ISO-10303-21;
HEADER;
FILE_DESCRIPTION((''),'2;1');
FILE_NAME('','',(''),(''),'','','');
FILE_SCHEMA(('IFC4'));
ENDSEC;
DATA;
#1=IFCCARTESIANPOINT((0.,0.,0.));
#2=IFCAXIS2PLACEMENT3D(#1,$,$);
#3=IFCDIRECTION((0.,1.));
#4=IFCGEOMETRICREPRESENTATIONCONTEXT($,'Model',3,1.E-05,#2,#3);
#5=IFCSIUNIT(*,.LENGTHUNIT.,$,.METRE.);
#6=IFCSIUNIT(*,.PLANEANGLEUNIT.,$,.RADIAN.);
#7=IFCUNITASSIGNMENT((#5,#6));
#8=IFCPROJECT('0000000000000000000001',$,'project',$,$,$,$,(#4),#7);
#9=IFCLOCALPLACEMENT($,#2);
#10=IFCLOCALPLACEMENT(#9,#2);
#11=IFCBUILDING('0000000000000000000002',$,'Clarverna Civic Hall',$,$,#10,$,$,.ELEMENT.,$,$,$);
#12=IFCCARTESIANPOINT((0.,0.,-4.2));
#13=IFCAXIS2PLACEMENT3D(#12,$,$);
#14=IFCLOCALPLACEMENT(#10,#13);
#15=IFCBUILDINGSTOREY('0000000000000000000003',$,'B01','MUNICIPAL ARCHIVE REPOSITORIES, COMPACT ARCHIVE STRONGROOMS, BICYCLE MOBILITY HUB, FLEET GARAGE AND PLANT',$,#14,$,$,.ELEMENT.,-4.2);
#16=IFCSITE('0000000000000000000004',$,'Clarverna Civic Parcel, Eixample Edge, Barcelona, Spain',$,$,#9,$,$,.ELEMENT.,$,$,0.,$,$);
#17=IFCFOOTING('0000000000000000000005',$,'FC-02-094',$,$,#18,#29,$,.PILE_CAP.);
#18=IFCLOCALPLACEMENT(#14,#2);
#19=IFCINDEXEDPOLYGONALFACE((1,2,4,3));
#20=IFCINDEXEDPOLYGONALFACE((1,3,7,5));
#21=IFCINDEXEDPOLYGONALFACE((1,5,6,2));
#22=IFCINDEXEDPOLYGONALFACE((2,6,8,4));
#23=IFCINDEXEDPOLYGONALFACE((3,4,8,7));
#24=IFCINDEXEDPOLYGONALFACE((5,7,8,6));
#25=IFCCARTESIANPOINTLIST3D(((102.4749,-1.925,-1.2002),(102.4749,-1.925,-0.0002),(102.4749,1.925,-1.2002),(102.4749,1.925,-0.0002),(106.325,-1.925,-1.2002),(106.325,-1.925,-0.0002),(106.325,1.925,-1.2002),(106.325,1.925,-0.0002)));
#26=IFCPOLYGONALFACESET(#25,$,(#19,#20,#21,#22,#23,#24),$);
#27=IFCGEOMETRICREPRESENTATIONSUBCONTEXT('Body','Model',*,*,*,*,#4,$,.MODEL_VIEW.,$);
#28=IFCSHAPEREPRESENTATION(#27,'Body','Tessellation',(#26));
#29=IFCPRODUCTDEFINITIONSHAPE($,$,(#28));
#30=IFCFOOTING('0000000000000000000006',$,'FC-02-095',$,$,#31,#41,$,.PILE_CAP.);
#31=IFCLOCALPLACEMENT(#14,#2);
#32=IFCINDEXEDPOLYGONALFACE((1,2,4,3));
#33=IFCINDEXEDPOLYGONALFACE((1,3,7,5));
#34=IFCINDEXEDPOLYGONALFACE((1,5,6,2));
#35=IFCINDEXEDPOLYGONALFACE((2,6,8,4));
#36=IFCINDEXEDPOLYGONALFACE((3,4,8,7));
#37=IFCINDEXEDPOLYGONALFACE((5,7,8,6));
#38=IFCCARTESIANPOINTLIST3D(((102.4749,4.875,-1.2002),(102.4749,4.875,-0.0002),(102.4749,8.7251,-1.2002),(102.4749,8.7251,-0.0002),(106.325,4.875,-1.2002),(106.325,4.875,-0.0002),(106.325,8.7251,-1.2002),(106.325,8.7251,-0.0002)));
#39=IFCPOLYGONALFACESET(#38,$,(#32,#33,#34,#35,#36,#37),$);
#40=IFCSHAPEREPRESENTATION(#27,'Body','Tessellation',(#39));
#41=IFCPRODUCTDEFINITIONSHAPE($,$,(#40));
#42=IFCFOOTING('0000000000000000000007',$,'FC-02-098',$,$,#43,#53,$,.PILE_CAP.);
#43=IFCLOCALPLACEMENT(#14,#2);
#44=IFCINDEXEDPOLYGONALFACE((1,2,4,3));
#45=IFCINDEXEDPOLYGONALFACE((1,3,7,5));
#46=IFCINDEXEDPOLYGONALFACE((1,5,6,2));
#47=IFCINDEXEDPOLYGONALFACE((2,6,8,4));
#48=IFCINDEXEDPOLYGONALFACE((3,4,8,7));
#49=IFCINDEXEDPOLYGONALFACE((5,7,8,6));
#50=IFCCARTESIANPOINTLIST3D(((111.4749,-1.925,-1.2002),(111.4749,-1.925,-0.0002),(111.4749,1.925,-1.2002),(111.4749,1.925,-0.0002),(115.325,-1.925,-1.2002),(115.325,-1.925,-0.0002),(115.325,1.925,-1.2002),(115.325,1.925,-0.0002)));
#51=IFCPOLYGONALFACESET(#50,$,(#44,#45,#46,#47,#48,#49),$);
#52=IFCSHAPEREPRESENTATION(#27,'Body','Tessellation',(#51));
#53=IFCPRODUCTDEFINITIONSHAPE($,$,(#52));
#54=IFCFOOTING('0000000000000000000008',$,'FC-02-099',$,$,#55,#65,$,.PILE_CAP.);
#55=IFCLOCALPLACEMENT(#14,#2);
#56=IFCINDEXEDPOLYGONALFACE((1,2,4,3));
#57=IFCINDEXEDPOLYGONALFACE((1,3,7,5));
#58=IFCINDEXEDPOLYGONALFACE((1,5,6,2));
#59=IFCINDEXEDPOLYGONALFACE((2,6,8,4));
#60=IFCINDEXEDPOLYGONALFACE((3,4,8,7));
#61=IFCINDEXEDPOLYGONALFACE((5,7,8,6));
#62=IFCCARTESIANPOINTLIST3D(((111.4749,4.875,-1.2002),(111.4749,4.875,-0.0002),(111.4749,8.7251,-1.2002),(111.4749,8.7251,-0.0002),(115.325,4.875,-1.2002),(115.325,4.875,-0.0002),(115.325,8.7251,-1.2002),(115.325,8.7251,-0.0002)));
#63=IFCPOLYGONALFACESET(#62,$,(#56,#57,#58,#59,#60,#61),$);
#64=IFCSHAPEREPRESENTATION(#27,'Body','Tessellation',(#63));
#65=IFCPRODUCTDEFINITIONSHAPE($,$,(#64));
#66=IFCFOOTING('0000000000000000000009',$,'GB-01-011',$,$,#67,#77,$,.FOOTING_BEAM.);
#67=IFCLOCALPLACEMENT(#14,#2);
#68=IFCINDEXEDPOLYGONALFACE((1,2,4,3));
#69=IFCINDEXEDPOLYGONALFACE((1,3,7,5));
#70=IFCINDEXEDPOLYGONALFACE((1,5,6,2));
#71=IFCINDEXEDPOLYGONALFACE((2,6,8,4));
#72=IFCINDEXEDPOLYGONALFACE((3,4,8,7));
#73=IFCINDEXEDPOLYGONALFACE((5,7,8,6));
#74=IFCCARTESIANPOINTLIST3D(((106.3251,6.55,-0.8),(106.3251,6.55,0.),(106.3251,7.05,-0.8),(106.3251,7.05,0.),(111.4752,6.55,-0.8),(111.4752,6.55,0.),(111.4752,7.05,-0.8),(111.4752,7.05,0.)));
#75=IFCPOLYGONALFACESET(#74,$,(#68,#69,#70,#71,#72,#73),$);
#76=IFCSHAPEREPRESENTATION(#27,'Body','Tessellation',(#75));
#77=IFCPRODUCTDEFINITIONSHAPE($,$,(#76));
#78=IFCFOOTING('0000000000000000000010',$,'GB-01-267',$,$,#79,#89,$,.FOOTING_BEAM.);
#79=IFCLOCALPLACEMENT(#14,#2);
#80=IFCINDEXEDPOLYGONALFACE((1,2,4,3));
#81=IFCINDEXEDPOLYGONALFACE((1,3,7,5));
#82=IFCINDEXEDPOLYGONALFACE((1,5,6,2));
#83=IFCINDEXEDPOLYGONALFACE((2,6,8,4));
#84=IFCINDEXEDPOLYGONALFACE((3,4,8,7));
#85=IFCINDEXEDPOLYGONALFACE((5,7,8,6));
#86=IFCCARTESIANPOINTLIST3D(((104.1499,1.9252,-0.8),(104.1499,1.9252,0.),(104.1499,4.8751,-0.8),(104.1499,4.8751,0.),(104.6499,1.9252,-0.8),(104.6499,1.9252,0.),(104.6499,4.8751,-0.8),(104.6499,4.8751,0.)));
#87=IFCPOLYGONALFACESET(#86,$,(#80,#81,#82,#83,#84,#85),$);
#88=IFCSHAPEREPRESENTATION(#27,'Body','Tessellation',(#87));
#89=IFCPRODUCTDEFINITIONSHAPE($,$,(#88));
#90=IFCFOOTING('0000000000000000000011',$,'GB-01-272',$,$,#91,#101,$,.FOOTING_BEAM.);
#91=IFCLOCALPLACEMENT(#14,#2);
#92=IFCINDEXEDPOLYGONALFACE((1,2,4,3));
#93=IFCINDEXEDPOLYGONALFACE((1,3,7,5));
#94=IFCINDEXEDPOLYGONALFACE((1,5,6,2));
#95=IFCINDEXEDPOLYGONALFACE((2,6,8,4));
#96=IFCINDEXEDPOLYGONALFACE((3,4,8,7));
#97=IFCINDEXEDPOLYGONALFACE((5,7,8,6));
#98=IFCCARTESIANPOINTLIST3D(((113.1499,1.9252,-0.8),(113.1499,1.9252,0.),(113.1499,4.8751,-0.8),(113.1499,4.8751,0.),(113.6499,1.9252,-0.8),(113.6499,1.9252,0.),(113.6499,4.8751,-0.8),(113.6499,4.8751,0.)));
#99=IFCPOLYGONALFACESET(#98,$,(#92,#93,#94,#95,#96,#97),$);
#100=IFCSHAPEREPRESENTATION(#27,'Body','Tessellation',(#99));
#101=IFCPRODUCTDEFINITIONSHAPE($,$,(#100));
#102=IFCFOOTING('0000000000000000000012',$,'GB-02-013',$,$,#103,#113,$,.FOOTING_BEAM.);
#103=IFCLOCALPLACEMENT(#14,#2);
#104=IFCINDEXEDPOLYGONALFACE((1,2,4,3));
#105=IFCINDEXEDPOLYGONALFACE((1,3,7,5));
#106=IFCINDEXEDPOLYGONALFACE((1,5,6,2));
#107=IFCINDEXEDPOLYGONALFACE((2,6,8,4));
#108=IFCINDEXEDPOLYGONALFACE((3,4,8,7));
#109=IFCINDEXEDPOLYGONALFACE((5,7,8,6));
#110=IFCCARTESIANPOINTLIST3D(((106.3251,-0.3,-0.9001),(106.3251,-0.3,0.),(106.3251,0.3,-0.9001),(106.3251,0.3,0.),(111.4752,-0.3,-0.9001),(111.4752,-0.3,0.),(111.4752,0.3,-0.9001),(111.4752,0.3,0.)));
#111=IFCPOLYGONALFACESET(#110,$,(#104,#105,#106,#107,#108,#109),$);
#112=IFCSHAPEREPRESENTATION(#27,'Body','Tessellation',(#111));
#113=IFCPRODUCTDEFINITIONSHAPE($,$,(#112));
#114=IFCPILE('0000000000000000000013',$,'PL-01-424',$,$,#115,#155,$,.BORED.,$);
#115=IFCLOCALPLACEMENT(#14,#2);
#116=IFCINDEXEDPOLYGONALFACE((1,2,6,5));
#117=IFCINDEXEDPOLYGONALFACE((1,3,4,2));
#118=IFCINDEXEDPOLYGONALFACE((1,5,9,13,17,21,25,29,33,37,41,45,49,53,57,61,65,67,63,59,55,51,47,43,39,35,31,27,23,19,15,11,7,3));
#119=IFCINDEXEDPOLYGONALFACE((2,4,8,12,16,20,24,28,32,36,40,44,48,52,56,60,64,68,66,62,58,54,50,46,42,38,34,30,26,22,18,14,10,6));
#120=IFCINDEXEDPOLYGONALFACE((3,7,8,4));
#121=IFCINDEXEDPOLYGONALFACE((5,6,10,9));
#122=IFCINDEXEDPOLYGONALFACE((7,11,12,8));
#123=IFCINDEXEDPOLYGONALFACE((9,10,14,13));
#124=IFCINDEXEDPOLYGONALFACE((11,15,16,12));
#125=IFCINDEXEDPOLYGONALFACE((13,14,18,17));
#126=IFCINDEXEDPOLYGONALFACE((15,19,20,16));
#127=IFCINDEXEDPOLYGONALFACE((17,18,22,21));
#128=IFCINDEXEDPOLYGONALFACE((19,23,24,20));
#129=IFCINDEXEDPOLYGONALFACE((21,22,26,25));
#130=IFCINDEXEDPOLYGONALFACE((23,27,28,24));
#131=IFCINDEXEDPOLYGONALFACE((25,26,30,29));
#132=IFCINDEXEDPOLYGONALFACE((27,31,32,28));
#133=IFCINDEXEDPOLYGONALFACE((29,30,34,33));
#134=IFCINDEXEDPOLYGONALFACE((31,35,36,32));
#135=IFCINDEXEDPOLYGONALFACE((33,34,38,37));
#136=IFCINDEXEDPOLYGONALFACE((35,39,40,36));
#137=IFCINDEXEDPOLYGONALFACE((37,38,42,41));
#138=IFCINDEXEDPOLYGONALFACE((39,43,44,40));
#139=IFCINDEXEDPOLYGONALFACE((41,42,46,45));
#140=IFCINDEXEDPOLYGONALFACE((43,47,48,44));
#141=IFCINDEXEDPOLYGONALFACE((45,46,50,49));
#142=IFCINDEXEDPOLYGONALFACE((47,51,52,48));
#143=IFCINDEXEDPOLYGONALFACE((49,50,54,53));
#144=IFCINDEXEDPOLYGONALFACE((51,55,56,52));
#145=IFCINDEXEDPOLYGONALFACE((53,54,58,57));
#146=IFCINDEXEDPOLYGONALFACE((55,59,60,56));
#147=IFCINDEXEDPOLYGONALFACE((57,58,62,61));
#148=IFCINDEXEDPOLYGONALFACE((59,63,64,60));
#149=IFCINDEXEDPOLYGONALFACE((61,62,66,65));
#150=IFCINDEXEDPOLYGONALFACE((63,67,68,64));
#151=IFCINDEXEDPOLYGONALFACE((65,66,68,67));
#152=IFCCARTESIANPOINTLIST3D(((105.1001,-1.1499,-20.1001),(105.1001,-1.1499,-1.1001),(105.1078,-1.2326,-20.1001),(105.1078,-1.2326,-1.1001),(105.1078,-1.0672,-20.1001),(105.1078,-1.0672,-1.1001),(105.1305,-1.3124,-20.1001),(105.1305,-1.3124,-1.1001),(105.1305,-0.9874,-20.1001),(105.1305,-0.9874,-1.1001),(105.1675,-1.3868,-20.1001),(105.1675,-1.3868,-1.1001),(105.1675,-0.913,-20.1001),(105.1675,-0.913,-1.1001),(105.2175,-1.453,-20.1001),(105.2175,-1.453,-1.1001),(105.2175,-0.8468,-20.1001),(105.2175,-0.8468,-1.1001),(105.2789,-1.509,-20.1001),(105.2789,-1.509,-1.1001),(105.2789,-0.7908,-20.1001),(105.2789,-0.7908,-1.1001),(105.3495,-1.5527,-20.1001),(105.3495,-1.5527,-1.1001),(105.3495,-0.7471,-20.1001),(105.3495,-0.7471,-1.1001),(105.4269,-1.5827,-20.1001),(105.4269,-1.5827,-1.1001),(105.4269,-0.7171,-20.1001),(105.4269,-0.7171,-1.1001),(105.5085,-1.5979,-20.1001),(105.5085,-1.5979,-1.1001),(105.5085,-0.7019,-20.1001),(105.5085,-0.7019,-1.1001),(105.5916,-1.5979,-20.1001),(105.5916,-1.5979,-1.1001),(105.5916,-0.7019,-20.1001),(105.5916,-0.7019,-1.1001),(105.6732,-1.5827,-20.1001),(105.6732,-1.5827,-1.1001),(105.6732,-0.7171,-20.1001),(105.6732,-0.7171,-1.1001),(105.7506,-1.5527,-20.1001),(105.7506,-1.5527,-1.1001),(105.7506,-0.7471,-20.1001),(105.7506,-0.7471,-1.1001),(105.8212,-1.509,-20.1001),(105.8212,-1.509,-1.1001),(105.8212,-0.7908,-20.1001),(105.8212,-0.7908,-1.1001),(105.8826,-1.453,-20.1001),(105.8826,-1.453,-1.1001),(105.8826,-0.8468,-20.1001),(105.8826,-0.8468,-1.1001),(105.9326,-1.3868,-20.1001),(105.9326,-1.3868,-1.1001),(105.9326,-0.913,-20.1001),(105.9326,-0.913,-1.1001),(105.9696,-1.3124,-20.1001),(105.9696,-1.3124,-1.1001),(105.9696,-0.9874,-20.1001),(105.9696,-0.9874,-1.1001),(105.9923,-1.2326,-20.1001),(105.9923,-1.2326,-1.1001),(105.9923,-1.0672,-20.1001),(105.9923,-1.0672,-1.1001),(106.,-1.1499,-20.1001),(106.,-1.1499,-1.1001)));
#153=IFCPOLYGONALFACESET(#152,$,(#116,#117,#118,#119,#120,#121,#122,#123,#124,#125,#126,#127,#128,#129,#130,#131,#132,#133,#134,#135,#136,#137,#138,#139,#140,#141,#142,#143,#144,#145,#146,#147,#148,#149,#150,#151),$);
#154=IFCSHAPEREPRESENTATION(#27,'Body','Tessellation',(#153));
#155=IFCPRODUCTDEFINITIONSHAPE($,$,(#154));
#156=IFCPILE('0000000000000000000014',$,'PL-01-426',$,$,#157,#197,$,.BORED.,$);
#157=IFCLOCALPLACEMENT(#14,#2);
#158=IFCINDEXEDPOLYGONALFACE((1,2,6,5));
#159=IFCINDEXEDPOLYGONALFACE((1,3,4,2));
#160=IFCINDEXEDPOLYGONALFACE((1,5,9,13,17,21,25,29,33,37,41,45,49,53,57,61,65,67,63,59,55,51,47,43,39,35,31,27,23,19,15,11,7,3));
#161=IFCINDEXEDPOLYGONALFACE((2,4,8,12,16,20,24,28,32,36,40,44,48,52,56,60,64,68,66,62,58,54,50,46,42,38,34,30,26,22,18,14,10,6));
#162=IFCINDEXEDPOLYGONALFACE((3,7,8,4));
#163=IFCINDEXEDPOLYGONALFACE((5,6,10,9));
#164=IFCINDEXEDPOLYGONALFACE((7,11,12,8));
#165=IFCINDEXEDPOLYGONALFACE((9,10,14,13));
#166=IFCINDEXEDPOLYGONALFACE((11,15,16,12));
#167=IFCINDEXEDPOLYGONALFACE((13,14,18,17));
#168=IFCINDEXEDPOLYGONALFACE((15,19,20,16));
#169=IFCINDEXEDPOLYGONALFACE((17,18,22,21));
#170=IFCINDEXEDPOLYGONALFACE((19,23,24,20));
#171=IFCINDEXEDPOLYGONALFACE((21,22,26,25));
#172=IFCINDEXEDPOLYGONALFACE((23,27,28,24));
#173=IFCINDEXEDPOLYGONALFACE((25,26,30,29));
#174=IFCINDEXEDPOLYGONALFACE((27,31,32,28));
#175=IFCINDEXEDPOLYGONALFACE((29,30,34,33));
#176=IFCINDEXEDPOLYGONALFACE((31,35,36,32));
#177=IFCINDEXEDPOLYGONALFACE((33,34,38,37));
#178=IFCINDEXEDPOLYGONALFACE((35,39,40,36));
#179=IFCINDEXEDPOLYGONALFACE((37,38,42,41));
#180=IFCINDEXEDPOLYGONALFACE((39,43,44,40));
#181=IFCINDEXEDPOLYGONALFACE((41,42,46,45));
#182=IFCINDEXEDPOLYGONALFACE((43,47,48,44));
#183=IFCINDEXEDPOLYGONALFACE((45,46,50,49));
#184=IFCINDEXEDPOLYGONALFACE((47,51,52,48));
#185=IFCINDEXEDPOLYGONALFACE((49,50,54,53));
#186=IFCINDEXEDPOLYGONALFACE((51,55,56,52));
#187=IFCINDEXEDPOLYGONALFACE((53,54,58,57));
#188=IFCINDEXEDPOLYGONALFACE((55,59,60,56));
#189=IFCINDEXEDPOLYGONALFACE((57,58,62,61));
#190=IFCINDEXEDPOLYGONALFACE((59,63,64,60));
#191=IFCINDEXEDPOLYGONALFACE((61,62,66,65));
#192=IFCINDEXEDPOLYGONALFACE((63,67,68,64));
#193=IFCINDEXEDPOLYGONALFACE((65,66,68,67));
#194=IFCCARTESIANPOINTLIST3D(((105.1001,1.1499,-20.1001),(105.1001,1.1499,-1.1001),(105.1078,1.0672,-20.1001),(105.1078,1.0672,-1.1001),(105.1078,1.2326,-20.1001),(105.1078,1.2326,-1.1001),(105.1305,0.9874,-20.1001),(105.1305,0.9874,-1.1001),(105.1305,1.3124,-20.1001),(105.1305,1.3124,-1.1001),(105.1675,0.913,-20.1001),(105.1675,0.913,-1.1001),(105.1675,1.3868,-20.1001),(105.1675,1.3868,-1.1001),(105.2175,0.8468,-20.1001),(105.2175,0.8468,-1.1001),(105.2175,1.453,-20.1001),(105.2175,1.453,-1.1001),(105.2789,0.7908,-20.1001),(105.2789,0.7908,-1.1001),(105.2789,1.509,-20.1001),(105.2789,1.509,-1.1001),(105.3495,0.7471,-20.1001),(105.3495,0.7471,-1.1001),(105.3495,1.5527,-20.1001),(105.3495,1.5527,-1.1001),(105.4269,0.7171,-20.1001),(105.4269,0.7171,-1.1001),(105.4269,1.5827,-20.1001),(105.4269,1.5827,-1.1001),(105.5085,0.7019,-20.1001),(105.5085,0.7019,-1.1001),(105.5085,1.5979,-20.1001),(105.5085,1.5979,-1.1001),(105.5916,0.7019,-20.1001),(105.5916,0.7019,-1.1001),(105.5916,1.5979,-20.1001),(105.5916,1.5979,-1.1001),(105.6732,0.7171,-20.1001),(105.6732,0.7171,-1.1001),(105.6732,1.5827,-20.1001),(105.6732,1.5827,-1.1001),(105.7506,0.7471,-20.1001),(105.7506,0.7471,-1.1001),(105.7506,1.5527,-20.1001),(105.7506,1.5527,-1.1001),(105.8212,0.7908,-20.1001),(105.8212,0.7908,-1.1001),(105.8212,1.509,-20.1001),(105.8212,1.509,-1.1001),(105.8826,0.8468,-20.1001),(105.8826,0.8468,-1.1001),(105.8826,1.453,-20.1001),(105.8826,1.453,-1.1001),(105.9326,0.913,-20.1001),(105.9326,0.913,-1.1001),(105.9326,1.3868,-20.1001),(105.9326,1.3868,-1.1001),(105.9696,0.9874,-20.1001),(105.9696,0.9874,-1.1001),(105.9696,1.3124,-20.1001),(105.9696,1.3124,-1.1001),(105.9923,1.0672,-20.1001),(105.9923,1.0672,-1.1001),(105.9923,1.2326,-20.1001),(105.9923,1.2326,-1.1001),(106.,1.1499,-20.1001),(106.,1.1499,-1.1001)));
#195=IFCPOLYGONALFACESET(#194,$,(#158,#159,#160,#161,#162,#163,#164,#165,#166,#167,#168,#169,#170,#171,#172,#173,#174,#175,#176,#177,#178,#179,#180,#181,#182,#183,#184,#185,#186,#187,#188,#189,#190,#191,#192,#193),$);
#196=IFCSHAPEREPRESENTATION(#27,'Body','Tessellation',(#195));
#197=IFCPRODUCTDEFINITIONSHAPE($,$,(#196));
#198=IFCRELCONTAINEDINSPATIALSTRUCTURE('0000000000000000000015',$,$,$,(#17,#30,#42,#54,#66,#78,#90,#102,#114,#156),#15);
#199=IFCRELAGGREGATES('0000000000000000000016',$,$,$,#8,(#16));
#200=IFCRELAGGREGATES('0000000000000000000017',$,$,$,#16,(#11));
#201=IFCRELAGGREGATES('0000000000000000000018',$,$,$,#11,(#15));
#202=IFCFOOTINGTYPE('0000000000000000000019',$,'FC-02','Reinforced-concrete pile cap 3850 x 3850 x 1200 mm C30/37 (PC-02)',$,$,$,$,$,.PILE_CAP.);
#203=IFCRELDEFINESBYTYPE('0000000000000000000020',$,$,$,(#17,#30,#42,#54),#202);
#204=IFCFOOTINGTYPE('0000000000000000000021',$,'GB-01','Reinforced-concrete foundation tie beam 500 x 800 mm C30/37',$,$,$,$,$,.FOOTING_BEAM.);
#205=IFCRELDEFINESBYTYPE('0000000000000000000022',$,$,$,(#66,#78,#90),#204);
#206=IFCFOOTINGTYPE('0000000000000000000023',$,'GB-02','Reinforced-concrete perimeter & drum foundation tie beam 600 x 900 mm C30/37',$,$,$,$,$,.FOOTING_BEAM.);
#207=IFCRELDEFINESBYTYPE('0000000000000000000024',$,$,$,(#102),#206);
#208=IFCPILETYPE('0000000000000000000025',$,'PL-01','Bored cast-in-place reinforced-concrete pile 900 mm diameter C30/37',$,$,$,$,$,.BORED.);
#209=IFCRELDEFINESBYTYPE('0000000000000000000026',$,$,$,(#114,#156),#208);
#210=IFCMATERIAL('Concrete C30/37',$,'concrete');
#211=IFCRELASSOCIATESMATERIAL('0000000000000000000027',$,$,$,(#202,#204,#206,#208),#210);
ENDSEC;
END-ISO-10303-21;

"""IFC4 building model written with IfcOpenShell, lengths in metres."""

from ifc_helpers import new_model, si_unit, direction, frame, frame_2d, origin, origin_2d, place, context, subcontext, project, spatial, rectangle, circle, extrude, material, material_profile, profile_set, type_object, element, save


model = new_model("IFC4")

# Units and contexts
model_context = context("Model", 3, precision=1e-05, world=origin(), true_north=direction((0.0, 1.0)))
body_context = subcontext(model_context, "Body", "Model", "MODEL_VIEW")
ifc_project = project(units=[si_unit("LENGTHUNIT", "METRE"), si_unit("PLANEANGLEUNIT", "RADIAN")], contexts=[model_context])

# Site, building, storey
site_placement = place(None, origin())
site = spatial("IfcSite", under=ifc_project, at=site_placement, Name="Clarverna Civic Parcel, Eixample Edge, Barcelona, Spain", CompositionType="ELEMENT", RefElevation=0.0)
building_placement = place(site_placement, origin())
building = spatial("IfcBuilding", under=site, at=building_placement, Name="Clarverna Civic Hall", CompositionType="ELEMENT")
storey_placement = place(building_placement, frame((0.0, 0.0, -4.2)))
storey = spatial("IfcBuildingStorey", under=building, at=storey_placement, Name="B01", Description="MUNICIPAL ARCHIVE REPOSITORIES, COMPACT ARCHIVE STRONGROOMS, BICYCLE MOBILITY HUB, FLEET GARAGE AND PLANT", CompositionType="ELEMENT", Elevation=-4.2)

# Footings
ifc_material_1 = material(Name="Concrete C30/37", Category="concrete")
footing_type_1 = type_object("IfcFootingType", Name="FC-02", Description="Reinforced-concrete pile cap 3850 x 3850 x 1200 mm C30/37 (PC-02)", PredefinedType="PILE_CAP", material=ifc_material_1)
for number, where, z_axis, x_axis, name in (
    (1, (104.3999, 0.0, -1.2002), (0.0, 0.0, 1.0), (1.0, 0.0, 0.0), "FC-02-094"),
    (2, (104.3999, 6.8, -1.2002), (0.0, 0.0, 1.0), (1.0, 0.0, 0.0), "FC-02-095"),
    (3, (113.3999, 0.0, -1.2002), (0.0, 0.0, 1.0), (1.0, 0.0, 0.0), "FC-02-098"),
    (4, (113.3999, 6.8, -1.2002), (0.0, 0.0, 1.0), (1.0, 0.0, 0.0), "FC-02-099"),
):
    element("IfcFooting", number, at=place(storey_placement, frame(where, z_axis=z_axis, x_axis=x_axis)), inside=storey, type_object=footing_type_1, Name=name, PredefinedType="PILE_CAP", context=body_context, shape_type="SweptSolid", body=[
        extrude(rectangle(XDim=3.8501, YDim=3.8501, at=origin_2d()), origin(), (0.0, 0.0, 1.0), 1.2),
    ])
footing_type_2 = type_object("IfcFootingType", Name="GB-01", Description="Reinforced-concrete foundation tie beam 500 x 800 mm C30/37", PredefinedType="FOOTING_BEAM", material=ifc_material_1)
footing_1_placement = place(storey_placement, frame((106.325, 6.8, -0.8), z_axis=(0.0, 0.0, 1.0), x_axis=(1.0, 0.0, 0.0)))
element("IfcFooting", 5, at=footing_1_placement, inside=storey, type_object=footing_type_2, Name="GB-01-011", PredefinedType="FOOTING_BEAM", context=body_context, shape_type="SweptSolid", body=[
    extrude(rectangle(XDim=5.1501, YDim=0.5, at=frame_2d((2.5752, 0.0))), origin(), (0.0, 0.0, 1.0), 0.8),
])
for number, where, z_axis, x_axis, name in (
    (6, (104.3999, 1.925, -0.8), (0.0, 0.0, 1.0), (0.0, 1.0, 0.0), "GB-01-267"),
    (7, (113.3999, 1.925, -0.8), (0.0, 0.0, 1.0), (0.0, 1.0, 0.0), "GB-01-272"),
):
    element("IfcFooting", number, at=place(storey_placement, frame(where, z_axis=z_axis, x_axis=x_axis)), inside=storey, type_object=footing_type_2, Name=name, PredefinedType="FOOTING_BEAM", context=body_context, shape_type="SweptSolid", body=[
        extrude(rectangle(XDim=2.95, YDim=0.5, at=frame_2d((1.4751, 0.0))), origin(), (0.0, 0.0, 1.0), 0.8),
    ])
footing_type_3 = type_object("IfcFootingType", Name="GB-02", Description="Reinforced-concrete perimeter & drum foundation tie beam 600 x 900 mm C30/37", PredefinedType="FOOTING_BEAM", material=ifc_material_1)
footing_2_placement = place(storey_placement, frame((106.325, 0.0, -0.9001), z_axis=(0.0, 0.0, 1.0), x_axis=(1.0, 0.0, 0.0)))
element("IfcFooting", 8, at=footing_2_placement, inside=storey, type_object=footing_type_3, Name="GB-02-013", PredefinedType="FOOTING_BEAM", context=body_context, shape_type="SweptSolid", body=[
    extrude(rectangle(XDim=5.1501, YDim=0.6001, at=frame_2d((2.5752, 0.0))), origin(), (0.0, 0.0, 1.0), 0.9001),
])

# Piles
ifc_material_profile_1 = material_profile(ifc_material_1, circle(Radius=0.45, at=origin_2d()), Name="BORED PILE D900")
ifc_profile_set_1 = profile_set([ifc_material_profile_1], Name="Concrete C30/37")
pile_type = type_object("IfcPileType", Name="PL-01", Description="Bored cast-in-place reinforced-concrete pile 900 mm diameter C30/37", PredefinedType="BORED", material=ifc_profile_set_1)
for number, where, z_axis, x_axis, name in (
    (9, (105.55, -1.1499, -1.1001), (0.0, 0.0, -1.0), (1.0, 0.0, 0.0), "PL-01-424"),
    (10, (105.55, 1.1499, -1.1001), (0.0, 0.0, -1.0), (1.0, 0.0, 0.0), "PL-01-426"),
):
    element("IfcPile", number, at=place(storey_placement, frame(where, z_axis=z_axis, x_axis=x_axis)), inside=storey, type_object=pile_type, Name=name, PredefinedType="BORED", context=body_context, shape_type="SweptSolid", body=[
        extrude(circle(Radius=0.45, at=origin_2d()), origin(), (0.0, 0.0, 1.0), 19.0),
    ])

save(model, "model.ifc")
